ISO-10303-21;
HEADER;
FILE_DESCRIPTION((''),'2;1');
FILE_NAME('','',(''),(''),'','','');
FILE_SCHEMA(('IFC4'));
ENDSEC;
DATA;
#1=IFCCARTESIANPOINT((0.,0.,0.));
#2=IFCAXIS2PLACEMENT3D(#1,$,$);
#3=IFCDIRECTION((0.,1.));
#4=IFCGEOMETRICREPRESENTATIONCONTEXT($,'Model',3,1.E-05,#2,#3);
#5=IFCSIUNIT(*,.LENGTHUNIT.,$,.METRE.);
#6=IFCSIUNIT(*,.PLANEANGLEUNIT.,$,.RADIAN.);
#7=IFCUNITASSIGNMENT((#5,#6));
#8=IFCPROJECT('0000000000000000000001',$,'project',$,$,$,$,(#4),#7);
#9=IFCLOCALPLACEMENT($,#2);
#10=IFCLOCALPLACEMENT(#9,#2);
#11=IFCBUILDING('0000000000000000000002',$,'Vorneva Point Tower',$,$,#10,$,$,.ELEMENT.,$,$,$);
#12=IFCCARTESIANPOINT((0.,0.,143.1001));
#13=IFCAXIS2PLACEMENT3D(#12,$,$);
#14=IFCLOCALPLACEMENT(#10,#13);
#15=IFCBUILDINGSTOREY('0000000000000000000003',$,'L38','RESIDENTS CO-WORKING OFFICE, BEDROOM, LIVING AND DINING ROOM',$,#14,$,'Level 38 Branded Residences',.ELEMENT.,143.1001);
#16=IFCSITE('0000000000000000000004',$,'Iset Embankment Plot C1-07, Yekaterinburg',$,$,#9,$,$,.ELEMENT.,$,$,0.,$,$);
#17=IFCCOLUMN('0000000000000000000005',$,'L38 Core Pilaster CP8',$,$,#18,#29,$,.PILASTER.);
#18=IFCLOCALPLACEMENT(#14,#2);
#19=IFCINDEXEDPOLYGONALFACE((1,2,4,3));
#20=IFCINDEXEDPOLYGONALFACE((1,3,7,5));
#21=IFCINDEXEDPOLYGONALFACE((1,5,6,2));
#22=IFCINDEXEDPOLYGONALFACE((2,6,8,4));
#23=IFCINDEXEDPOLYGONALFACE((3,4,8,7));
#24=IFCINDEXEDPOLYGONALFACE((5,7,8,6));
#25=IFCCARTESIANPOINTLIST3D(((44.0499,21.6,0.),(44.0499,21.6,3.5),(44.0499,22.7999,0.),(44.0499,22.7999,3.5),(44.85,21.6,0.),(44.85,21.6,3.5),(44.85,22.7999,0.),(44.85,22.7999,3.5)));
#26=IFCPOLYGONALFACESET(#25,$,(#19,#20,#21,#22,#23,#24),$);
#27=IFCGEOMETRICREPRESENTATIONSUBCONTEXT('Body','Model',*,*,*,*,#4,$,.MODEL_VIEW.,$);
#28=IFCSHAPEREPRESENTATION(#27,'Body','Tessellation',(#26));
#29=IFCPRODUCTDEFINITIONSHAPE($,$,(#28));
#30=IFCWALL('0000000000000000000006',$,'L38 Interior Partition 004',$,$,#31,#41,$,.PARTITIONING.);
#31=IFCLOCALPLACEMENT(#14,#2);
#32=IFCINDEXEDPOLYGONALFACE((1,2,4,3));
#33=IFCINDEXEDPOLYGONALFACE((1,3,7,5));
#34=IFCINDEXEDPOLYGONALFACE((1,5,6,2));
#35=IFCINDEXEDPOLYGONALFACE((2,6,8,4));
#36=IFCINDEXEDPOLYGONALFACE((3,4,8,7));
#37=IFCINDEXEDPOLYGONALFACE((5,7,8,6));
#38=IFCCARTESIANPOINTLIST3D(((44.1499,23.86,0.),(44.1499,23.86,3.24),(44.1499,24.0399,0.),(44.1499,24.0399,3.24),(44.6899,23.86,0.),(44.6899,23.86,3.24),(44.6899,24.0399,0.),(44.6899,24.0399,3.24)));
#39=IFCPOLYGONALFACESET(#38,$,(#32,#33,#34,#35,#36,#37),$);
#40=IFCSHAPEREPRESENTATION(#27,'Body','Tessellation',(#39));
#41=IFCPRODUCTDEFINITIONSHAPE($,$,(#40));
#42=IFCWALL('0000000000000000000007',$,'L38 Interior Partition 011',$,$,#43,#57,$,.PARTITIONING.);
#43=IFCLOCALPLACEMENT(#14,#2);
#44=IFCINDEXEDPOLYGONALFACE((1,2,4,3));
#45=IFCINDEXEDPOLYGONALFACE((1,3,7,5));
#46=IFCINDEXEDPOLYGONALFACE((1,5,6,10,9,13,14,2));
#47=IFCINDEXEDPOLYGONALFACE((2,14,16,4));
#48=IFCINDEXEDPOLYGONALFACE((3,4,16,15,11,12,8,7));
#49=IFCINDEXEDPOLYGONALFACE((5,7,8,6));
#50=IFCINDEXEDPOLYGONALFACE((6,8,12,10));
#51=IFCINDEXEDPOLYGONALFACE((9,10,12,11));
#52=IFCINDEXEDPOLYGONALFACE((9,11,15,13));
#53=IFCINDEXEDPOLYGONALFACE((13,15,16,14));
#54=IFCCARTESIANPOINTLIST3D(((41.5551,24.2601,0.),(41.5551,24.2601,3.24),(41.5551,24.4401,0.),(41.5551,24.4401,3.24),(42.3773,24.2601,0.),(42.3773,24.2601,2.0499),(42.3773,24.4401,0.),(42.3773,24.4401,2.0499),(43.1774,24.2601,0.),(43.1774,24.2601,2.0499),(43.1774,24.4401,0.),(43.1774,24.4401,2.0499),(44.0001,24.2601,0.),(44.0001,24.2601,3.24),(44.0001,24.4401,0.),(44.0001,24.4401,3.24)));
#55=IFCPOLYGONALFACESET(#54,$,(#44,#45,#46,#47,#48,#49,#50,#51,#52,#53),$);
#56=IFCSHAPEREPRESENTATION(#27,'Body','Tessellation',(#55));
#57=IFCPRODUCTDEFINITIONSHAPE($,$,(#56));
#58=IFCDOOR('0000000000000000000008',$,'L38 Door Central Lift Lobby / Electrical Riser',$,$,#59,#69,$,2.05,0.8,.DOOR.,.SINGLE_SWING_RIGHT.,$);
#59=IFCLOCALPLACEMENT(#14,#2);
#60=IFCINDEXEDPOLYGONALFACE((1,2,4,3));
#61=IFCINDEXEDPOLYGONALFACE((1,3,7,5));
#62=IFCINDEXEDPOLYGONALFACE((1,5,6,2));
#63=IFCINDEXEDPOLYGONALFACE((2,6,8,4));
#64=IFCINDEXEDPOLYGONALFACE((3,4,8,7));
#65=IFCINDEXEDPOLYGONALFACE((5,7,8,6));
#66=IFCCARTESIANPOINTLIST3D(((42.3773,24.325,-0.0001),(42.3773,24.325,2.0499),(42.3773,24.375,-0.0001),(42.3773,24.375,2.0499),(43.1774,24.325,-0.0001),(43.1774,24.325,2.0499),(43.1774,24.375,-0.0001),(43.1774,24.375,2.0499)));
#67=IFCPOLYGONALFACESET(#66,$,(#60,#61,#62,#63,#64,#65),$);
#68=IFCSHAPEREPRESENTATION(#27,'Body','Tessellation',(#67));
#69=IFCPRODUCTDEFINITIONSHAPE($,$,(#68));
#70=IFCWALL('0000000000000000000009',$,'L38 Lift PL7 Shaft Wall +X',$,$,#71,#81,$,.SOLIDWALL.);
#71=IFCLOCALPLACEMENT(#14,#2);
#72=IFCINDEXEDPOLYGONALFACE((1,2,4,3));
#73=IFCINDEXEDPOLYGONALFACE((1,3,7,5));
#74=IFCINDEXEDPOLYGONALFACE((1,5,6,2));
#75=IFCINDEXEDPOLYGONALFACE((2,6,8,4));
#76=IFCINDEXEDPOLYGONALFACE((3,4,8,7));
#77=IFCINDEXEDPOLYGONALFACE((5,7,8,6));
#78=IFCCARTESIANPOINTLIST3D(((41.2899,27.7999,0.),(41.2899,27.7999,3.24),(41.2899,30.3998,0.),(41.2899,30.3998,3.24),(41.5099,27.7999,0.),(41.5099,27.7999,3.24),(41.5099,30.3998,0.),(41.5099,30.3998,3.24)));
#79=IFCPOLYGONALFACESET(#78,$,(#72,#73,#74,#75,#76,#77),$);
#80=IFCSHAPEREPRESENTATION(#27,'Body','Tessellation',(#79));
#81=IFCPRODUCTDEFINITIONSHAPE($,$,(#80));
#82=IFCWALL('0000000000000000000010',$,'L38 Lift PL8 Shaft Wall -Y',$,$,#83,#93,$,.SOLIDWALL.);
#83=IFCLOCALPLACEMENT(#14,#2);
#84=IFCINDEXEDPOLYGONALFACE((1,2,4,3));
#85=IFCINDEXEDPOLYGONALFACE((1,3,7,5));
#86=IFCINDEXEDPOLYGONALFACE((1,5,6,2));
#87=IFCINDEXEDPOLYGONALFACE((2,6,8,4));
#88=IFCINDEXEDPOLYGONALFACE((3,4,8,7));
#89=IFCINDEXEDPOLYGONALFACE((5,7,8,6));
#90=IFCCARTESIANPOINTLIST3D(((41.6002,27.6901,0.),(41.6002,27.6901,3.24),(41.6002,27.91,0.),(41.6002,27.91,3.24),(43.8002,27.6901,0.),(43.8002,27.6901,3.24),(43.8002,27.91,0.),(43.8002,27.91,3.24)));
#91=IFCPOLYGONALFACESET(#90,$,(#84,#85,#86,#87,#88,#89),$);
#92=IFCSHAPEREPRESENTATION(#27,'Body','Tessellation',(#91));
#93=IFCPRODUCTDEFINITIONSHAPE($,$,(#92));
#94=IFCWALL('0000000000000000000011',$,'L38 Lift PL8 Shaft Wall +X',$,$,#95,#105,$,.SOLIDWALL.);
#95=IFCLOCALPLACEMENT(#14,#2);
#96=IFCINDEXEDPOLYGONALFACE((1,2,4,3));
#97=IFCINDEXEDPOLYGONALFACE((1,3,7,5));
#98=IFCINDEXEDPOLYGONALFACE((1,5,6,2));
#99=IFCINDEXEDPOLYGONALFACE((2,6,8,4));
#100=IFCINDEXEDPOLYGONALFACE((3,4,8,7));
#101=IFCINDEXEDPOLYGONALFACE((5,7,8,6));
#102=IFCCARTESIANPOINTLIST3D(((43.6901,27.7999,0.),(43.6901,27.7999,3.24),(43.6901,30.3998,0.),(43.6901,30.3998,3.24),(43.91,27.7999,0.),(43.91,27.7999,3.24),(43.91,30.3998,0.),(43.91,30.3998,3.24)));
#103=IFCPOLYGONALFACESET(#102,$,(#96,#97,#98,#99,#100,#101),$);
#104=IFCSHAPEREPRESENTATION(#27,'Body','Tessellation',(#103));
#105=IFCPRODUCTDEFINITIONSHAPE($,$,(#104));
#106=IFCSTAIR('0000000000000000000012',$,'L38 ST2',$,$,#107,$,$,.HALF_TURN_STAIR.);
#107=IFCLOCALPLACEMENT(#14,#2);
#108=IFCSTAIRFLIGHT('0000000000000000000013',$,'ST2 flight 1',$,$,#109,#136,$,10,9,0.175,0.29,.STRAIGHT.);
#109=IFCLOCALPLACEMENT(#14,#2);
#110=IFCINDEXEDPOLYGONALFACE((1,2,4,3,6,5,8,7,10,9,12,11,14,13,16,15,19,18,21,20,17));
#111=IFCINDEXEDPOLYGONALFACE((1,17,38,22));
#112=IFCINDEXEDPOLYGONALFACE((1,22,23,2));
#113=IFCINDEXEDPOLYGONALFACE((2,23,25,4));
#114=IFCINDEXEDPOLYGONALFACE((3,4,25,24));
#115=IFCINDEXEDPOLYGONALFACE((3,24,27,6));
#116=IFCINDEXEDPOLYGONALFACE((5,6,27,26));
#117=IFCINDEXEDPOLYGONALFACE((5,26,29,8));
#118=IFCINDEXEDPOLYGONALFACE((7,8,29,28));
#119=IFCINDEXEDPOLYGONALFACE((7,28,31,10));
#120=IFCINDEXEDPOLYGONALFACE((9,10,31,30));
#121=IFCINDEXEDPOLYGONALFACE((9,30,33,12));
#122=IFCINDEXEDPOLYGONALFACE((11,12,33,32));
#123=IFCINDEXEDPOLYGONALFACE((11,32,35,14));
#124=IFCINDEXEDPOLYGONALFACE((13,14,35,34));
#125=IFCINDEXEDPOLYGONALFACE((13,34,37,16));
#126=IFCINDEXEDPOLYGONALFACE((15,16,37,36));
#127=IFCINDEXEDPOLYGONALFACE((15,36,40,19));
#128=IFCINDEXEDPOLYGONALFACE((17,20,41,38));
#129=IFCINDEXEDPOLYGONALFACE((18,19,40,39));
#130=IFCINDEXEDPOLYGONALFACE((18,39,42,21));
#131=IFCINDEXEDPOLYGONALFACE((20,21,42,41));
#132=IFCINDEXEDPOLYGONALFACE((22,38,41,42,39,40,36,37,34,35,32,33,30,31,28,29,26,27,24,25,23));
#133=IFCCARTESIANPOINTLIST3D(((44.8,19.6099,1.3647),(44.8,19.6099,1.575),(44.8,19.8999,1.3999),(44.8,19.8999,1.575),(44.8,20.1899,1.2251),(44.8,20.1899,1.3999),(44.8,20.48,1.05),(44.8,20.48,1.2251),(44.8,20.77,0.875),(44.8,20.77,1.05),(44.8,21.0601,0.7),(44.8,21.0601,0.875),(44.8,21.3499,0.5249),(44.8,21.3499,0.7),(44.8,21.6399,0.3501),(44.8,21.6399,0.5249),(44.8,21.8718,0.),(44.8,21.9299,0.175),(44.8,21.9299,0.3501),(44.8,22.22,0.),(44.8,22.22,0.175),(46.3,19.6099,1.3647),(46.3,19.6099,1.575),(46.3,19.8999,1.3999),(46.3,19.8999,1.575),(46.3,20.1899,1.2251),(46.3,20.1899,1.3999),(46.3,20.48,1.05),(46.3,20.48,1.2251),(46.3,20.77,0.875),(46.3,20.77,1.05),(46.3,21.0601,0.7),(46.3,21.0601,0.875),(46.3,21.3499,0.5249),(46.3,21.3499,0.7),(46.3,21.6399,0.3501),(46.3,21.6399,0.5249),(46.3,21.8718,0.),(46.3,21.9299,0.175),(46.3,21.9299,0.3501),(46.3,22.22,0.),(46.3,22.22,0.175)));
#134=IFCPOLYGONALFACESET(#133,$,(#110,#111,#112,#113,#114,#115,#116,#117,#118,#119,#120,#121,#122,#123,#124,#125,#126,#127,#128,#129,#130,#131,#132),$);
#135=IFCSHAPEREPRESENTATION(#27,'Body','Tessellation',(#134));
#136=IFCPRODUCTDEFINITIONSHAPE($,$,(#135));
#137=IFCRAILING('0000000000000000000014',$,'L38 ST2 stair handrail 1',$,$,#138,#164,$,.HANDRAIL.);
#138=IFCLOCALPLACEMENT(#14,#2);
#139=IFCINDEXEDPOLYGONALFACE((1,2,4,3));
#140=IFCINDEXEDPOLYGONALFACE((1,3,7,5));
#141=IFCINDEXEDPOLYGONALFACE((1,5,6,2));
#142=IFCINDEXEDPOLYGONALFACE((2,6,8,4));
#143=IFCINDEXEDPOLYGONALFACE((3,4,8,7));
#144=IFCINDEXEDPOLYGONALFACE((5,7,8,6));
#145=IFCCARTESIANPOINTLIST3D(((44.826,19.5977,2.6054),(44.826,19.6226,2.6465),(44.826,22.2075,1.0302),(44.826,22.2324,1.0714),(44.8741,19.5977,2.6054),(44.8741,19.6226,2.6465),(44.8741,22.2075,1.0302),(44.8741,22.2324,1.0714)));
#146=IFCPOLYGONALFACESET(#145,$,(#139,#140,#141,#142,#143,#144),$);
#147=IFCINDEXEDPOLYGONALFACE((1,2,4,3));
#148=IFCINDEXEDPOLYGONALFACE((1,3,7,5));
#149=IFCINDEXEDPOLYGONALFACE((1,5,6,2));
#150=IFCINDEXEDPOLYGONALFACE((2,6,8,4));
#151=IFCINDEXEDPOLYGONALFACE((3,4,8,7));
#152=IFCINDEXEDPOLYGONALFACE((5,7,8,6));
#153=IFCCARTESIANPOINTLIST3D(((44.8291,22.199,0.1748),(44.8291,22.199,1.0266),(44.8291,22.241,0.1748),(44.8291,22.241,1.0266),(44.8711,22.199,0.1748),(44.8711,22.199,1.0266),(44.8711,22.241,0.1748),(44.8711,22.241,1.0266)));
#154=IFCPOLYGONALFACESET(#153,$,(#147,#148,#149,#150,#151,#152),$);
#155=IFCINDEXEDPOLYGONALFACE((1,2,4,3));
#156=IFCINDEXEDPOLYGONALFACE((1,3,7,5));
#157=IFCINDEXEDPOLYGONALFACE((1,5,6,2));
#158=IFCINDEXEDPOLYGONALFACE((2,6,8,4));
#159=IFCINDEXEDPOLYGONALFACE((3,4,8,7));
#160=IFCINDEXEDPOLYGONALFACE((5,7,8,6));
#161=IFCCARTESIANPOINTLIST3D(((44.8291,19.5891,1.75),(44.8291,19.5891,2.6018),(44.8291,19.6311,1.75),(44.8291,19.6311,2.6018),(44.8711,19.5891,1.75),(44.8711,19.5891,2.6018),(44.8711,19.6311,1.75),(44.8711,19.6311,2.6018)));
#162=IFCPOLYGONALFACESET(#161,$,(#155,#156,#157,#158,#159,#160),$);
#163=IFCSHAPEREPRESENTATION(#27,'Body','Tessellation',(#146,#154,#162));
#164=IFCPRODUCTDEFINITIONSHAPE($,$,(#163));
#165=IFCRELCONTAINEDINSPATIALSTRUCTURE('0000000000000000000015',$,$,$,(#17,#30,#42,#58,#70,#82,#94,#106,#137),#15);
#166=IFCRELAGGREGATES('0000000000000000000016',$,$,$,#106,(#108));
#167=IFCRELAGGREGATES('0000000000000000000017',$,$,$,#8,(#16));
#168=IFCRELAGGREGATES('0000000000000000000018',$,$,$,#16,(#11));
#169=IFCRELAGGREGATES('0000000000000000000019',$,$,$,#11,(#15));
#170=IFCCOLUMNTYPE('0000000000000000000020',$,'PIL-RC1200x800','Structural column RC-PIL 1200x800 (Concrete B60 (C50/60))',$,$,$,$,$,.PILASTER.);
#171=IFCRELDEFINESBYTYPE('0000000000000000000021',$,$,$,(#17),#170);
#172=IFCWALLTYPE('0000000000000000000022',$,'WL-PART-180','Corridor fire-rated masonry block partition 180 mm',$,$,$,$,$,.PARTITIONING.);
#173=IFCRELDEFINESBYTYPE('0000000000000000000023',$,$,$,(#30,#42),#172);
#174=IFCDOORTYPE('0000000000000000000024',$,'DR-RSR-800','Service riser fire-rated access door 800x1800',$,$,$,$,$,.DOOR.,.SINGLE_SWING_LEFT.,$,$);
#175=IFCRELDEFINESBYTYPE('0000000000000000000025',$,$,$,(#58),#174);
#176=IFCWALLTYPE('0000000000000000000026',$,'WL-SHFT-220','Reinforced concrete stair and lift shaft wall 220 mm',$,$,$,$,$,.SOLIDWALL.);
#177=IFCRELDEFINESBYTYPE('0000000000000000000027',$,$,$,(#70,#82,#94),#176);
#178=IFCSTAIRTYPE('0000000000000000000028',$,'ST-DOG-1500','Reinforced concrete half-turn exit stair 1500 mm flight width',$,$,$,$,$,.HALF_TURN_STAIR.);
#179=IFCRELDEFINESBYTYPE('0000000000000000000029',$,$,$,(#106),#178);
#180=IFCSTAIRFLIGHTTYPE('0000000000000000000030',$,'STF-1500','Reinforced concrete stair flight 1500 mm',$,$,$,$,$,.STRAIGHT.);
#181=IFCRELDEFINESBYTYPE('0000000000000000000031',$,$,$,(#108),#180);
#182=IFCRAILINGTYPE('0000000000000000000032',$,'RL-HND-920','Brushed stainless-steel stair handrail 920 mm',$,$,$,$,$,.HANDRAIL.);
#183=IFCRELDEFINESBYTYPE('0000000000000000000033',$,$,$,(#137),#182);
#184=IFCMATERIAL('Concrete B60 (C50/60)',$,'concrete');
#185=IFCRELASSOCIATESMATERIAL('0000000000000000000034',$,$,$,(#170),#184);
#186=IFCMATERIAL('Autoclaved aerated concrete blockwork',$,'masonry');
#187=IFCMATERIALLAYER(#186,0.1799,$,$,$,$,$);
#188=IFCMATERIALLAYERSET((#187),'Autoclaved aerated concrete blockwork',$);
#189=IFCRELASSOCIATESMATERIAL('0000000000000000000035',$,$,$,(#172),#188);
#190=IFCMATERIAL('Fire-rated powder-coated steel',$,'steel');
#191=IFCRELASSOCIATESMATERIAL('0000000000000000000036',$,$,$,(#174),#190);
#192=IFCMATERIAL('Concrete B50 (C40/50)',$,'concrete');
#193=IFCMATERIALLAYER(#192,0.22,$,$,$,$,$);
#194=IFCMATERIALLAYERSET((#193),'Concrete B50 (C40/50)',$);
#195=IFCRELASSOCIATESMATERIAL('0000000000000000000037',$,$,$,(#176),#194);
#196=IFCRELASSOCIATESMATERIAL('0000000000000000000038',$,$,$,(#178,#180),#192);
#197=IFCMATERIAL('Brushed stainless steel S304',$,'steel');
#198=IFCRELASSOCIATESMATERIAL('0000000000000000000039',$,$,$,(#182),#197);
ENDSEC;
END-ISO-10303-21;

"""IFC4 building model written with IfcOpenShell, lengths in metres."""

from ifc_helpers import new_model, si_unit, direction, frame, frame_2d, origin, origin_2d, place, context, subcontext, project, spatial, polyline, rectangle, outline, extrude, material, layer, layer_set, material_profile, profile_set, type_object, element, fill, aggregate, save


model = new_model("IFC4")

# Units and contexts
model_context = context("Model", 3, precision=1e-05, world=origin(), true_north=direction((0.0, 1.0)))
body_context = subcontext(model_context, "Body", "Model", "MODEL_VIEW")
ifc_project = project(units=[si_unit("LENGTHUNIT", "METRE"), si_unit("PLANEANGLEUNIT", "RADIAN")], contexts=[model_context])

# Site, building, storey
site_placement = place(None, origin())
site = spatial("IfcSite", under=ifc_project, at=site_placement, Name="Iset Embankment Plot C1-07, Yekaterinburg", CompositionType="ELEMENT", RefElevation=0.0)
building_placement = place(site_placement, origin())
building = spatial("IfcBuilding", under=site, at=building_placement, Name="Vorneva Point Tower", CompositionType="ELEMENT")
storey_placement = place(building_placement, frame((0.0, 0.0, 143.1001)))
storey = spatial("IfcBuildingStorey", under=building, at=storey_placement, Name="L38", Description="RESIDENTS CO-WORKING OFFICE, BEDROOM, LIVING AND DINING ROOM", LongName="Level 38 Branded Residences", CompositionType="ELEMENT", Elevation=143.1001)

# Column
ifc_material_1 = material(Name="Concrete B60 (C50/60)", Category="concrete")
ifc_material_profile = material_profile(ifc_material_1, rectangle(XDim=0.8, YDim=1.2, at=origin_2d()), Name="RC-PIL 1200x800")
ifc_profile_set = profile_set([ifc_material_profile], Name="Concrete B60 (C50/60)")
column_type = type_object("IfcColumnType", Name="PIL-RC1200x800", Description="Structural column RC-PIL 1200x800 (Concrete B60 (C50/60))", PredefinedType="PILASTER", material=ifc_profile_set)
column_placement = place(storey_placement, frame((44.45, 22.2, 0.0), z_axis=(0.0, 0.0, 1.0), x_axis=(1.0, 0.0, 0.0)))
element("IfcColumn", 1, at=column_placement, inside=storey, type_object=column_type, Name="L38 Core Pilaster CP8", PredefinedType="PILASTER", context=body_context, shape_type="SweptSolid", body=[
    extrude(rectangle(XDim=0.8, YDim=1.2, at=origin_2d()), origin(), (0.0, 0.0, 1.0), 3.5),
])

# Shared definitions
ifc_material_2 = material(Name="Autoclaved aerated concrete blockwork", Category="masonry")
ifc_layer_1 = layer(ifc_material_2, 0.1799)
ifc_layer_set_1 = layer_set([ifc_layer_1], Name="Autoclaved aerated concrete blockwork")
wall_type_1 = type_object("IfcWallType", Name="WL-PART-180", Description="Corridor fire-rated masonry block partition 180 mm", PredefinedType="PARTITIONING", material=ifc_layer_set_1)
ifc_material_3 = material(Name="Fire-rated powder-coated steel", Category="steel")

# Wall
wall_1_placement = place(storey_placement, frame((44.1499, 23.95, 0.0), z_axis=(0.0, 0.0, 1.0), x_axis=(1.0, 0.0, 0.0)))
element("IfcWall", 2, at=wall_1_placement, inside=storey, type_object=wall_type_1, Name="L38 Interior Partition 004", PredefinedType="PARTITIONING", context=body_context, shape_type="SweptSolid", body=[
    extrude(rectangle(XDim=0.54, YDim=0.1799, at=frame_2d((0.27, 0.0))), origin(), (0.0, 0.0, 1.0), 3.24),
])

# Wall, opening, door
wall_2_placement = place(storey_placement, frame((41.5549, 24.3501, 0.0), z_axis=(0.0, 0.0, 1.0), x_axis=(1.0, 0.0, 0.0)))
wall_2 = element("IfcWall", 3, at=wall_2_placement, inside=storey, type_object=wall_type_1, Name="L38 Interior Partition 011", PredefinedType="PARTITIONING", context=body_context, shape_type="SweptSolid", body=[
    extrude(rectangle(XDim=2.4451, YDim=0.1799, at=frame_2d((1.2227, 0.0))), origin(), (0.0, 0.0, 1.0), 3.24),
])
opening_1_placement = place(wall_2_placement, frame((0.8225, 0.0, 0.0)))
opening_1 = element("IfcOpeningElement", 4, at=opening_1_placement, cuts=wall_2, PredefinedType="OPENING", context=body_context, shape_type="SweptSolid", body=[
    extrude(rectangle(XDim=0.8, YDim=2.05, at=frame_2d((0.3999, 1.0249))), frame((0.0, 0.105, 0.0), z_axis=(0.0, -1.0, 0.0), x_axis=(1.0, 0.0, 0.0)), (0.0, 0.0, 1.0), 0.2097),
])
door_type_1 = type_object("IfcDoorType", Name="DR-RSR-800", Description="Service riser fire-rated access door 800x1800", OperationType="SINGLE_SWING_LEFT", PredefinedType="DOOR", material=ifc_material_3)
door_1_placement = place(opening_1_placement, origin())
door_1 = element("IfcDoor", 5, at=door_1_placement, inside=storey, type_object=door_type_1, Name="L38 Door Central Lift Lobby / Electrical Riser", OperationType="SINGLE_SWING_RIGHT", OverallHeight=2.05, OverallWidth=0.8, PredefinedType="DOOR", context=body_context, shape_type="SweptSolid", body=[
    extrude(rectangle(XDim=0.8, YDim=2.05, at=frame_2d((0.3999, 1.0249))), frame((0.0, 0.0249, 0.0), z_axis=(0.0, -1.0, 0.0), x_axis=(1.0, 0.0, 0.0)), (0.0, 0.0, 1.0), 0.05),
])
fill(opening_1, door_1)
ifc_material_4 = material(Name="Concrete B50 (C40/50)", Category="concrete")
ifc_layer_2 = layer(ifc_material_4, 0.22)
ifc_layer_set_2 = layer_set([ifc_layer_2], Name="Concrete B50 (C40/50)")
wall_type_2 = type_object("IfcWallType", Name="WL-SHFT-220", Description="Reinforced concrete stair and lift shaft wall 220 mm", PredefinedType="SOLIDWALL", material=ifc_layer_set_2)

# Walls
wall_3_placement = place(storey_placement, frame((41.3999, 27.8, 0.0), z_axis=(0.0, 0.0, 1.0), x_axis=(0.0, 1.0, 0.0)))
element("IfcWall", 6, at=wall_3_placement, inside=storey, type_object=wall_type_2, Name="L38 Lift PL7 Shaft Wall +X", PredefinedType="SOLIDWALL", context=body_context, shape_type="SweptSolid", body=[
    extrude(rectangle(XDim=2.5999, YDim=0.22, at=frame_2d((1.2998, 0.0))), origin(), (0.0, 0.0, 1.0), 3.24),
])
wall_4_placement = place(storey_placement, frame((41.6001, 27.8, 0.0), z_axis=(0.0, 0.0, 1.0), x_axis=(1.0, 0.0, 0.0)))
element("IfcWall", 7, at=wall_4_placement, inside=storey, type_object=wall_type_2, Name="L38 Lift PL8 Shaft Wall -Y", PredefinedType="SOLIDWALL", context=body_context, shape_type="SweptSolid", body=[
    extrude(rectangle(XDim=2.2, YDim=0.22, at=frame_2d((1.1001, 0.0))), origin(), (0.0, 0.0, 1.0), 3.24),
])
wall_5_placement = place(storey_placement, frame((43.8, 27.8, 0.0), z_axis=(0.0, 0.0, 1.0), x_axis=(0.0, 1.0, 0.0)))
element("IfcWall", 8, at=wall_5_placement, inside=storey, type_object=wall_type_2, Name="L38 Lift PL8 Shaft Wall +X", PredefinedType="SOLIDWALL", context=body_context, shape_type="SweptSolid", body=[
    extrude(rectangle(XDim=2.5999, YDim=0.22, at=frame_2d((1.2998, 0.0))), origin(), (0.0, 0.0, 1.0), 3.24),
])

# Stair, stair flight
stair_type = type_object("IfcStairType", Name="ST-DOG-1500", Description="Reinforced concrete half-turn exit stair 1500 mm flight width", PredefinedType="HALF_TURN_STAIR", material=ifc_material_4)
stair_placement = place(storey_placement, origin())
stair = element("IfcStair", 9, at=stair_placement, inside=storey, type_object=stair_type, Name="L38 ST2", PredefinedType="HALF_TURN_STAIR")
stair_flight_type = type_object("IfcStairFlightType", Name="STF-1500", Description="Reinforced concrete stair flight 1500 mm", PredefinedType="STRAIGHT", material=ifc_material_4)
stair_flight_placement = place(storey_placement, frame((45.55, 22.22, 0.0), z_axis=(0.0, 0.0, 1.0), x_axis=(0.0, -1.0, 0.0)))
stair_flight = element("IfcStairFlight", 10, at=stair_flight_placement, type_object=stair_flight_type, Name="ST2 flight 1", NumberOfRisers=10, NumberOfTreads=9, PredefinedType="STRAIGHT", RiserHeight=0.175, TreadLength=0.29, context=body_context, shape_type="SweptSolid", body=[
    extrude(outline(polyline([(0.0, 0.0), (0.0, 0.175), (0.29, 0.175), (0.29, 0.3501), (0.5801, 0.3501), (0.5801, 0.5249), (0.8701, 0.5249), (0.8701, 0.7), (1.1599, 0.7), (1.1599, 0.875), (1.45, 0.875), (1.45, 1.05), (1.74, 1.05), (1.74, 1.2251), (2.03, 1.2251), (2.03, 1.3999), (2.3201, 1.3999), (2.3201, 1.575), (2.6101, 1.575), (2.6101, 1.75), (2.6101, 1.3647), (0.3481, 0.0), (0.0, 0.0)])), frame((0.0, 0.75, 0.0), z_axis=(0.0, -1.0, 0.0), x_axis=(1.0, 0.0, 0.0)), (0.0, 0.0, 1.0), 1.5),
])
aggregate(stair, [stair_flight])

# Railing
ifc_material_5 = material(Name="Brushed stainless steel S304", Category="steel")
railing_type_1 = type_object("IfcRailingType", Name="RL-HND-920", Description="Brushed stainless-steel stair handrail 920 mm", PredefinedType="HANDRAIL", material=ifc_material_5)
railing_1_placement = place(storey_placement, frame((44.8501, 22.22, 0.1748)))
element("IfcRailing", 11, at=railing_1_placement, inside=storey, type_object=railing_type_1, Name="L38 ST2 stair handrail 1", PredefinedType="HANDRAIL", context=body_context, shape_type="SweptSolid", body=[
    extrude(rectangle(XDim=0.0481, YDim=0.0481, at=origin_2d()), frame((0.0, 0.0, 0.876), z_axis=(0.0, -0.856147, 0.516732), x_axis=(1.0, 0.0, 0.0)), (0.0, 0.0, 1.0), 3.0483),
    extrude(rectangle(XDim=0.042, YDim=0.042, at=origin_2d()), origin(), (0.0, 0.0, 1.0), 0.8518),
    extrude(rectangle(XDim=0.042, YDim=0.042, at=origin_2d()), frame((0.0, -2.6099, 1.5752)), (0.0, 0.0, 1.0), 0.8518),
])

save(model, "model.ifc")
